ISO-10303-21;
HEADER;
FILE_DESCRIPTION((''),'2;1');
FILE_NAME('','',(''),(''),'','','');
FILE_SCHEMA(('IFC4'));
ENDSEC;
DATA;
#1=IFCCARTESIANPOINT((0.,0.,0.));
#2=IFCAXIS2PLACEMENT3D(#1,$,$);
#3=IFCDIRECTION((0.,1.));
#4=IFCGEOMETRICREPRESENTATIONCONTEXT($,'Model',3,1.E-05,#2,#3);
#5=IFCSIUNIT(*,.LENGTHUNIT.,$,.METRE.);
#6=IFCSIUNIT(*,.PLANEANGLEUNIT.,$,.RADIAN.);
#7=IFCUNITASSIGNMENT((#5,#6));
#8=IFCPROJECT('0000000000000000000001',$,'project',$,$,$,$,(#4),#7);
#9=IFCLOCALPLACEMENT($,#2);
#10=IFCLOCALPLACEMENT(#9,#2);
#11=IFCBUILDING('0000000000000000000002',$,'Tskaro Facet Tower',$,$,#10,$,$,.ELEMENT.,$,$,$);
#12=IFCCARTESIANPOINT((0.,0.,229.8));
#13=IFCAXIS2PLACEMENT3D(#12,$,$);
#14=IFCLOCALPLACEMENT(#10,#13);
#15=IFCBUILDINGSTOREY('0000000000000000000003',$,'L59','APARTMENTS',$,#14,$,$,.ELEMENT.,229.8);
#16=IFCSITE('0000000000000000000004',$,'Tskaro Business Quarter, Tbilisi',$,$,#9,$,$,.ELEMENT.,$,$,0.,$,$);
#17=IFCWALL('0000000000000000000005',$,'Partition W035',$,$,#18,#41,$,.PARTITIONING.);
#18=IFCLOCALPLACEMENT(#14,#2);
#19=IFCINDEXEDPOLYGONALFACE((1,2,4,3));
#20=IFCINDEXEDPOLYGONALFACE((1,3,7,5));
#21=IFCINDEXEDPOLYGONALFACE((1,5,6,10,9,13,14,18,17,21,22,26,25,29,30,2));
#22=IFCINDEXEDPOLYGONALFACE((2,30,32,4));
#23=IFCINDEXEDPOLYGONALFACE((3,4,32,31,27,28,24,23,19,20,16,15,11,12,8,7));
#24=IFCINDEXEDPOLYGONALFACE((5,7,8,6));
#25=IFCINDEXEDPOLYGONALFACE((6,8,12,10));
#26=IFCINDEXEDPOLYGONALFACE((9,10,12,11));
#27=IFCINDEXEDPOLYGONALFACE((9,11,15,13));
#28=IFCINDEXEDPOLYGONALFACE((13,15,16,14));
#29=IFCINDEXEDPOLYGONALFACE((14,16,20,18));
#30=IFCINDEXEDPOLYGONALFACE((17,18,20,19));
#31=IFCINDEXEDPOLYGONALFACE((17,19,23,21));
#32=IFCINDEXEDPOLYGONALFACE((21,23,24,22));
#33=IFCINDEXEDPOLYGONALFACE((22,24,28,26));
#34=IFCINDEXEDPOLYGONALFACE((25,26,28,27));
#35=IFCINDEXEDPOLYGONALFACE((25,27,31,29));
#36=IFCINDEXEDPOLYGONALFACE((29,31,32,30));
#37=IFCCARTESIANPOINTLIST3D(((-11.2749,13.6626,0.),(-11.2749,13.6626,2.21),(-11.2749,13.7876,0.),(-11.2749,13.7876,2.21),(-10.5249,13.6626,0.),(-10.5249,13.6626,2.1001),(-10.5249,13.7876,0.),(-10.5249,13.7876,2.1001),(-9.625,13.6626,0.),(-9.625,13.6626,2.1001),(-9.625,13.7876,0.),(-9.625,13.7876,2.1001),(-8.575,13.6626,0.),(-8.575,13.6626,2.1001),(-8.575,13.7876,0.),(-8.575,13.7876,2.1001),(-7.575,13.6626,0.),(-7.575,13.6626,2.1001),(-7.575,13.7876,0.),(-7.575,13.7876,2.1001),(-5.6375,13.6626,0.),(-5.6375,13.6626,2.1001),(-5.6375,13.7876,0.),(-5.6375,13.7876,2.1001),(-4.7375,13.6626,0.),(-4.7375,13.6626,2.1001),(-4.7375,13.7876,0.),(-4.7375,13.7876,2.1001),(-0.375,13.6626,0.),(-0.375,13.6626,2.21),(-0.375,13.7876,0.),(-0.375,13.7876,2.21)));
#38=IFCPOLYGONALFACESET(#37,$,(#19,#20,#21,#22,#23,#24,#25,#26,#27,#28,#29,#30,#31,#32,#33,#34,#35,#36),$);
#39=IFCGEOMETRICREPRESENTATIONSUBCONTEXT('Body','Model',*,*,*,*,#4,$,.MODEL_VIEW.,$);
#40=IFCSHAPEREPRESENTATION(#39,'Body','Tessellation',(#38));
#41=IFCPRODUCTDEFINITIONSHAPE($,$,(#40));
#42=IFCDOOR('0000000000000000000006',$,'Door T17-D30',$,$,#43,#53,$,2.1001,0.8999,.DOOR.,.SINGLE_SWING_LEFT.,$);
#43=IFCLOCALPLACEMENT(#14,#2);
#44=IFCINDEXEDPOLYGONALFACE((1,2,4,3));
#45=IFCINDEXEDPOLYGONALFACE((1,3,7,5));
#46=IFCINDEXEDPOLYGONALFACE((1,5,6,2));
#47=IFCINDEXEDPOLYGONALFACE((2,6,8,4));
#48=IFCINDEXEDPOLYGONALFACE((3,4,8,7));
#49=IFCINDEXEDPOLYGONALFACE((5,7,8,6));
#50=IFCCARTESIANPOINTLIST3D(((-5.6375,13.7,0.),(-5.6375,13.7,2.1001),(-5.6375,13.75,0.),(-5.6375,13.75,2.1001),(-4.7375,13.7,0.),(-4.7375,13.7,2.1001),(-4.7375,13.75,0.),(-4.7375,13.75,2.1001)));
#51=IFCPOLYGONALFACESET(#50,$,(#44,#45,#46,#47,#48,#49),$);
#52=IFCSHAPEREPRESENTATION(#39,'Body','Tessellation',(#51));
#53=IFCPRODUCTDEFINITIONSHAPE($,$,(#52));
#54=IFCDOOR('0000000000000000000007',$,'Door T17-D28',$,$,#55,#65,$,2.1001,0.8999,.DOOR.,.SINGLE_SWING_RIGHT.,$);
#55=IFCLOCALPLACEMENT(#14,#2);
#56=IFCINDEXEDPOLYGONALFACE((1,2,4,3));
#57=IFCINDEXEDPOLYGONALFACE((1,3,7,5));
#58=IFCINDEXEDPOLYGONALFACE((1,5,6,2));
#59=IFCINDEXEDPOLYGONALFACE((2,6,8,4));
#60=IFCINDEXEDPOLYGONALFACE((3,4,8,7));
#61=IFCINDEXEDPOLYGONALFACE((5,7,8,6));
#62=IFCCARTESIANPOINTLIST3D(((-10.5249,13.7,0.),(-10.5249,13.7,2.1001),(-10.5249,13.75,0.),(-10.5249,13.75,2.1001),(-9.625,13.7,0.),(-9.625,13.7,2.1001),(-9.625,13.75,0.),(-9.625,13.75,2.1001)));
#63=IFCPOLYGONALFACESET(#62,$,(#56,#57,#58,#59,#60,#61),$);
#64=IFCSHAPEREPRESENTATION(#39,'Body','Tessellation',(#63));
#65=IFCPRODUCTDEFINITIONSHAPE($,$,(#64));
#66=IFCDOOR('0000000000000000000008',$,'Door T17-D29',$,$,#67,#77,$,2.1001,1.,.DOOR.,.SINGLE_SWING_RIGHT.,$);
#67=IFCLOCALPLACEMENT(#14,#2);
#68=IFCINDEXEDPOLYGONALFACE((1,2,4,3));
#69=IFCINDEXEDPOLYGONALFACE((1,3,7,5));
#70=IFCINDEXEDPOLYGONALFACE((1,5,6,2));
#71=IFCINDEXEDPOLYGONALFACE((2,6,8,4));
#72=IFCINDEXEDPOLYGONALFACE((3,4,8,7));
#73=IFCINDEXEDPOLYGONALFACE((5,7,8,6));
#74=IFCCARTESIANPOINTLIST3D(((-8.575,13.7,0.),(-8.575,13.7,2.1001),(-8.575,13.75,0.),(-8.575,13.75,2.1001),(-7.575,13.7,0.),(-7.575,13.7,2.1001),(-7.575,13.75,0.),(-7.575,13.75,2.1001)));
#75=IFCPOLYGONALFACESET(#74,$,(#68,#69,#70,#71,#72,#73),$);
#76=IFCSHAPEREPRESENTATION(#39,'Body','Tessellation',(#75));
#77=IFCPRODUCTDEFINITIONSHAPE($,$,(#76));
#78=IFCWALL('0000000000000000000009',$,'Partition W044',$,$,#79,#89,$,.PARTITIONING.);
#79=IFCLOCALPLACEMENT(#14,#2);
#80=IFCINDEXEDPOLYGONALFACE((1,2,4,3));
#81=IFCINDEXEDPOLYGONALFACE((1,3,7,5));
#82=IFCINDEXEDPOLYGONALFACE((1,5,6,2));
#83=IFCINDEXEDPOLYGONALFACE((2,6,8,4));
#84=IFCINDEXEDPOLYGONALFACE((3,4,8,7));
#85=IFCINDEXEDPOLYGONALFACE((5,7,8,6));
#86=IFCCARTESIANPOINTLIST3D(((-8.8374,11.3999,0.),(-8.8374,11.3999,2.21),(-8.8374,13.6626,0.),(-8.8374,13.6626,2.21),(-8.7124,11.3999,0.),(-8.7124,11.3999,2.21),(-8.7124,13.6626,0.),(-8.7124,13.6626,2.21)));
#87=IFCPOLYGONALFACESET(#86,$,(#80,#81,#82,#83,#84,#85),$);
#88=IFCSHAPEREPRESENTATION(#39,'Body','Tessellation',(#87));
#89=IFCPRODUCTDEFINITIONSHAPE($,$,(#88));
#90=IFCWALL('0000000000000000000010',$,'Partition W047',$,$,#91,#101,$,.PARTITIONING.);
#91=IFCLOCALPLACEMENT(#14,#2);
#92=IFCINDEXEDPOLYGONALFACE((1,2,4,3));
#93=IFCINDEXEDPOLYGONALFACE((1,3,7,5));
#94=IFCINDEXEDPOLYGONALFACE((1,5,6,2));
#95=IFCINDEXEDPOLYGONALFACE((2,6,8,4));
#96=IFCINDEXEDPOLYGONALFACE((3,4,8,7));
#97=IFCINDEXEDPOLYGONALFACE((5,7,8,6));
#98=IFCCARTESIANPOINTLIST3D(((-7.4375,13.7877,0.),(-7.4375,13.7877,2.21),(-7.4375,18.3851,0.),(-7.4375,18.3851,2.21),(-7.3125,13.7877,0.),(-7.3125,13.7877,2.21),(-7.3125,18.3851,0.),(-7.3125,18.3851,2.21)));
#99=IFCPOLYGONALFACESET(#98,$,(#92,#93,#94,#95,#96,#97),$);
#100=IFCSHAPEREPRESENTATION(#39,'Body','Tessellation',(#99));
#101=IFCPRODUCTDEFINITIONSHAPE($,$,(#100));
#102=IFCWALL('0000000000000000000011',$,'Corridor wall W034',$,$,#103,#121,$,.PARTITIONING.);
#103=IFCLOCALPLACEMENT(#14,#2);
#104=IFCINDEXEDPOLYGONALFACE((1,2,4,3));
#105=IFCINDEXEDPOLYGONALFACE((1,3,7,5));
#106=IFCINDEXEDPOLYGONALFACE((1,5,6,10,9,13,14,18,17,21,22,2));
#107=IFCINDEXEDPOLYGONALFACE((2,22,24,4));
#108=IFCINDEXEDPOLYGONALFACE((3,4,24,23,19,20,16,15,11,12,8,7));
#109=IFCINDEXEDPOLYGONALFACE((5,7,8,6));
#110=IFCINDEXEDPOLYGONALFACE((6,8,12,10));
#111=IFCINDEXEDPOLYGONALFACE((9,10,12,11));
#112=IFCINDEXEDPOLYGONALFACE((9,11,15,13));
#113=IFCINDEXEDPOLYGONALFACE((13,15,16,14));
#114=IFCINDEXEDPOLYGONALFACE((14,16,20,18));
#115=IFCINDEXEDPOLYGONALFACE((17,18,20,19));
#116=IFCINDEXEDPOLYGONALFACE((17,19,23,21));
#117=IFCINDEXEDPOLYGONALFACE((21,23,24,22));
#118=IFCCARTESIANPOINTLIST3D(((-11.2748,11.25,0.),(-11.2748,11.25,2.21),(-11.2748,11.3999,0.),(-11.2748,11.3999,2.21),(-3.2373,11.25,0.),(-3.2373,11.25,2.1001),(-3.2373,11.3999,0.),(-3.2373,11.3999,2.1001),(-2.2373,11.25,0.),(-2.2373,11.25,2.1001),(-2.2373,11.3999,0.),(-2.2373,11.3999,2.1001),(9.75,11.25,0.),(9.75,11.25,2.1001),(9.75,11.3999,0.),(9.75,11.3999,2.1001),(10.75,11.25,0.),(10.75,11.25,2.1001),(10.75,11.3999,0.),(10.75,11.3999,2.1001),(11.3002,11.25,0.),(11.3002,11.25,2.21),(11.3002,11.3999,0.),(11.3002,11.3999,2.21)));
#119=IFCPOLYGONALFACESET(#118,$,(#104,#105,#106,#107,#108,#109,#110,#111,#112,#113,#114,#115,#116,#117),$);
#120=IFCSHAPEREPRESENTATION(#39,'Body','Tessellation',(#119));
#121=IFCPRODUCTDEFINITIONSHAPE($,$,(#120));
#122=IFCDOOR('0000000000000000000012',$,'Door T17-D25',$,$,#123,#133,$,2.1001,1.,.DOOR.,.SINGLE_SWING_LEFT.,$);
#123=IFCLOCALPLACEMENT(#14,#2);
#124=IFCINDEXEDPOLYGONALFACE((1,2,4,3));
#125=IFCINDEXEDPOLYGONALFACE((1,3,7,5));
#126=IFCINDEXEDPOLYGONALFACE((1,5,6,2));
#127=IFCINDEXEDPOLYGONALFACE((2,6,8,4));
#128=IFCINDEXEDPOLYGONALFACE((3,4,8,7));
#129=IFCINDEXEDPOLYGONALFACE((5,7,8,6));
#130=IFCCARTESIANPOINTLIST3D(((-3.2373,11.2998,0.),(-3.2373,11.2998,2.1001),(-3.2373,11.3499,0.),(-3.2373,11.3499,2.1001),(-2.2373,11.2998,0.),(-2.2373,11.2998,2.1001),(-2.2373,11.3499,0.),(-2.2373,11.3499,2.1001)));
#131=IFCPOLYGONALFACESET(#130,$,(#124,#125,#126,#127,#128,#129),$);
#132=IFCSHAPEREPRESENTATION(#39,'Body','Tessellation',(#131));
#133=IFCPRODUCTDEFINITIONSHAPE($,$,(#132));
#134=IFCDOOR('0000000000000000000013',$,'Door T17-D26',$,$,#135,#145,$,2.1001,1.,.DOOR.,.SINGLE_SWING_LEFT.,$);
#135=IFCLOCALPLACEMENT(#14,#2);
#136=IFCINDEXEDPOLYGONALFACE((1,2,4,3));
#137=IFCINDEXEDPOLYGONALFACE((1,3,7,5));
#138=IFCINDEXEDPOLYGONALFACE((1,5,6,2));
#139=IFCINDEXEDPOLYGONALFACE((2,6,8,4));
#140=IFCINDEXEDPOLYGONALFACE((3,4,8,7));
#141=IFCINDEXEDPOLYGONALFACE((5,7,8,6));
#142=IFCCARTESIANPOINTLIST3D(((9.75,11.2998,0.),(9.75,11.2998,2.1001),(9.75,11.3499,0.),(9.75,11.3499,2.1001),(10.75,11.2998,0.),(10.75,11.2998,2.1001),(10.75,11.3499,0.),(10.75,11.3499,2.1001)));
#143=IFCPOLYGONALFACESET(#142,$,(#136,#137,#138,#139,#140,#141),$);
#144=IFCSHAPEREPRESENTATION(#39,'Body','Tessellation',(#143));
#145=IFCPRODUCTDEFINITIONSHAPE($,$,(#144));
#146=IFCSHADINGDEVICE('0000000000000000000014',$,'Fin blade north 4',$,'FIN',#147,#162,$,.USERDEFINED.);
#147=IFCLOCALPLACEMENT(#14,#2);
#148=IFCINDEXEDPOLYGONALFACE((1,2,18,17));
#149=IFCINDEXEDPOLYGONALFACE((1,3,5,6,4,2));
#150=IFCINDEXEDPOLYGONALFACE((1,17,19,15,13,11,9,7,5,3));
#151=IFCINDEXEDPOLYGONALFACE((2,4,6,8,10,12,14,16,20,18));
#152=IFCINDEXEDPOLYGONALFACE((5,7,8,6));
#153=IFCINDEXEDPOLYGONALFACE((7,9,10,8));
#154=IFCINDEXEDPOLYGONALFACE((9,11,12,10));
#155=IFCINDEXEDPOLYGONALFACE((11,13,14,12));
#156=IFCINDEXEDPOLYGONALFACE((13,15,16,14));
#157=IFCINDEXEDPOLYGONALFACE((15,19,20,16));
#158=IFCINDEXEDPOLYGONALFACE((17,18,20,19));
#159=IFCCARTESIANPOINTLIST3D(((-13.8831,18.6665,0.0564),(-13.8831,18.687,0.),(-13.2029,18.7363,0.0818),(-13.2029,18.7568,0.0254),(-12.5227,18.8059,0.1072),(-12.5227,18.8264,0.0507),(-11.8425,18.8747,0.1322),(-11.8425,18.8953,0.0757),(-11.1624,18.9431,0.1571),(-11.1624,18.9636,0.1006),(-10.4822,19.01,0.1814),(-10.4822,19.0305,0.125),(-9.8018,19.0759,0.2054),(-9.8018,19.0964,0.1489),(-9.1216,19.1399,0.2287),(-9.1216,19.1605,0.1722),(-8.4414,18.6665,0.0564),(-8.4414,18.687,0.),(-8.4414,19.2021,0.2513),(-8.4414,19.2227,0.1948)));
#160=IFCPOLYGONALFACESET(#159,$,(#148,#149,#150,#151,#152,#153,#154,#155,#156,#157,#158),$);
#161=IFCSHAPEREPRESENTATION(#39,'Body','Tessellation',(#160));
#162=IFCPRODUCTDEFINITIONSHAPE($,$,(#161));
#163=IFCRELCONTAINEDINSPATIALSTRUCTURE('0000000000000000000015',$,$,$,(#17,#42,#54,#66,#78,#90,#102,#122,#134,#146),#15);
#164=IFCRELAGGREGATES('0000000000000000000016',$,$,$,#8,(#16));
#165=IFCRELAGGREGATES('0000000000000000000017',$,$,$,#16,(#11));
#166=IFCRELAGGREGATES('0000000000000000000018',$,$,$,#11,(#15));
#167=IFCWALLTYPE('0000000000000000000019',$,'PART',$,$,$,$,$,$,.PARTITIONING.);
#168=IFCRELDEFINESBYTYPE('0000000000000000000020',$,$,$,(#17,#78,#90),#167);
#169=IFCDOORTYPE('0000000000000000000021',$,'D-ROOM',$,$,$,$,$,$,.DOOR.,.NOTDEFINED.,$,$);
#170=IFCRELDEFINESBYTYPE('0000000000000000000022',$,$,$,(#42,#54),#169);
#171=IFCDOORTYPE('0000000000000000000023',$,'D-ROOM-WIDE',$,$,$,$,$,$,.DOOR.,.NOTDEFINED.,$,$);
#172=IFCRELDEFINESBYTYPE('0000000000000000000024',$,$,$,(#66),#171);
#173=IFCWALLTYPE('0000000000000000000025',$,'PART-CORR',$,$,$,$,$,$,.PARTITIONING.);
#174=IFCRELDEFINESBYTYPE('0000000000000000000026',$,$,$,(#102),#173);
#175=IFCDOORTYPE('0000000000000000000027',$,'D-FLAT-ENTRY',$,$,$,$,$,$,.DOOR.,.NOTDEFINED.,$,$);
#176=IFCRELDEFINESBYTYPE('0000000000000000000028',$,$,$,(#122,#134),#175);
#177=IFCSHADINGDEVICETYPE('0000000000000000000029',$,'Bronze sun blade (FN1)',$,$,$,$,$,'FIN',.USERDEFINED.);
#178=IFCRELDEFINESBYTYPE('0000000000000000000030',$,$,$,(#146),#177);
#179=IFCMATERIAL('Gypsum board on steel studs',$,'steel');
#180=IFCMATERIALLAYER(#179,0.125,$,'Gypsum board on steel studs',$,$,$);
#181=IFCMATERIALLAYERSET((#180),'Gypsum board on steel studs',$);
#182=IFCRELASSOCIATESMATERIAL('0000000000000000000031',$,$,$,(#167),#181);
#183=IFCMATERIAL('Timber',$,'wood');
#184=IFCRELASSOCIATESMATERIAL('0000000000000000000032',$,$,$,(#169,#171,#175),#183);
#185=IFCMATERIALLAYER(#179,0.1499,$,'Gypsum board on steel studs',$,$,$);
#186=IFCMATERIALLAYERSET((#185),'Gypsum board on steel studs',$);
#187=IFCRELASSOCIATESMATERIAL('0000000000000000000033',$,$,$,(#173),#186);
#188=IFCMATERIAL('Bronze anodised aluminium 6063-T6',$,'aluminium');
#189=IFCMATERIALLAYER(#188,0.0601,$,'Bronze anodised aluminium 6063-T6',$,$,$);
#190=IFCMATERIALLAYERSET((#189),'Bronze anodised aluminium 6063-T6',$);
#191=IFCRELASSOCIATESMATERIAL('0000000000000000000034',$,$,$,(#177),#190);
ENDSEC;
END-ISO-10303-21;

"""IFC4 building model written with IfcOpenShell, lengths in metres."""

from ifc_helpers import new_model, si_unit, direction, frame, frame_2d, origin, place, context, subcontext, project, spatial, polyline, rectangle, outline, extrude, material, layer, layer_set, type_object, element, fill, save


model = new_model("IFC4")

# Units and contexts
model_context = context("Model", 3, precision=1e-05, world=origin(), true_north=direction((0.0, 1.0)))
body_context = subcontext(model_context, "Body", "Model", "MODEL_VIEW")
ifc_project = project(units=[si_unit("LENGTHUNIT", "METRE"), si_unit("PLANEANGLEUNIT", "RADIAN")], contexts=[model_context])

# Site, building, storey
site_placement = place(None, origin())
site = spatial("IfcSite", under=ifc_project, at=site_placement, Name="Tskaro Business Quarter, Tbilisi", CompositionType="ELEMENT", RefElevation=0.0)
building_placement = place(site_placement, origin())
building = spatial("IfcBuilding", under=site, at=building_placement, Name="Tskaro Facet Tower", CompositionType="ELEMENT")
storey_placement = place(building_placement, frame((0.0, 0.0, 229.8)))
storey = spatial("IfcBuildingStorey", under=building, at=storey_placement, Name="L59", Description="APARTMENTS", CompositionType="ELEMENT", Elevation=229.8)

# Shared definitions
ifc_material_1 = material(Name="Bronze anodised aluminium 6063-T6", Category="aluminium")

# Wall, openings, doors
ifc_material_2 = material(Name="Gypsum board on steel studs", Category="steel")
ifc_layer_1 = layer(ifc_material_2, 0.125, Name="Gypsum board on steel studs")
ifc_layer_set_1 = layer_set([ifc_layer_1], Name="Gypsum board on steel studs")
wall_type_1 = type_object("IfcWallType", Name="PART", PredefinedType="PARTITIONING", material=ifc_layer_set_1)
wall_1_placement = place(storey_placement, frame((-11.2749, 13.7251, 0.0), z_axis=(0.0, 0.0, 1.0), x_axis=(1.0, 0.0, 0.0)))
wall_1 = element("IfcWall", 1, at=wall_1_placement, inside=storey, type_object=wall_type_1, Name="Partition W035", PredefinedType="PARTITIONING", context=body_context, shape_type="SweptSolid", body=[
    extrude(rectangle(XDim=10.8999, YDim=0.125, at=frame_2d((5.45, 0.0))), origin(), (0.0, 0.0, 1.0), 2.21),
])
opening_1_placement = place(wall_1_placement, frame((5.6375, 0.0, 0.0)))
opening_1 = element("IfcOpeningElement", 2, at=opening_1_placement, cuts=wall_1, PredefinedType="OPENING", context=body_context, shape_type="SweptSolid", body=[
    extrude(rectangle(XDim=0.8999, YDim=2.1001, at=frame_2d((0.45, 1.05))), frame((0.0, 0.0725, 0.0), z_axis=(0.0, -1.0, 0.0), x_axis=(1.0, 0.0, 0.0)), (0.0, 0.0, 1.0), 0.145),
])
opening_2_placement = place(wall_1_placement, frame((2.7, 0.0, 0.0)))
opening_2 = element("IfcOpeningElement", 3, at=opening_2_placement, cuts=wall_1, PredefinedType="OPENING", context=body_context, shape_type="SweptSolid", body=[
    extrude(rectangle(XDim=1.0, YDim=2.1001, at=frame_2d((0.5, 1.05))), frame((0.0, 0.0725, 0.0), z_axis=(0.0, -1.0, 0.0), x_axis=(1.0, 0.0, 0.0)), (0.0, 0.0, 1.0), 0.145),
])
opening_3_placement = place(wall_1_placement, frame((0.75, 0.0, 0.0)))
opening_3 = element("IfcOpeningElement", 4, at=opening_3_placement, cuts=wall_1, PredefinedType="OPENING", context=body_context, shape_type="SweptSolid", body=[
    extrude(rectangle(XDim=0.8999, YDim=2.1001, at=frame_2d((0.45, 1.05))), frame((0.0, 0.0725, 0.0), z_axis=(0.0, -1.0, 0.0), x_axis=(1.0, 0.0, 0.0)), (0.0, 0.0, 1.0), 0.145),
])
ifc_material_3 = material(Name="Timber", Category="wood")
door_type_1 = type_object("IfcDoorType", Name="D-ROOM", OperationType="NOTDEFINED", PredefinedType="DOOR", material=ifc_material_3)
door_1_placement = place(opening_1_placement, origin())
door_1 = element("IfcDoor", 5, at=door_1_placement, inside=storey, type_object=door_type_1, Name="Door T17-D30", OperationType="SINGLE_SWING_LEFT", OverallHeight=2.1001, OverallWidth=0.8999, PredefinedType="DOOR", context=body_context, shape_type="SweptSolid", body=[
    extrude(rectangle(XDim=0.8999, YDim=2.1001, at=frame_2d((0.45, 1.05))), frame((0.0, 0.0249, 0.0), z_axis=(0.0, -1.0, 0.0), x_axis=(1.0, 0.0, 0.0)), (0.0, 0.0, 1.0), 0.05),
])
fill(opening_1, door_1)
door_2_placement = place(opening_3_placement, origin())
door_2 = element("IfcDoor", 6, at=door_2_placement, inside=storey, type_object=door_type_1, Name="Door T17-D28", OperationType="SINGLE_SWING_RIGHT", OverallHeight=2.1001, OverallWidth=0.8999, PredefinedType="DOOR", context=body_context, shape_type="SweptSolid", body=[
    extrude(rectangle(XDim=0.8999, YDim=2.1001, at=frame_2d((0.45, 1.05))), frame((0.0, 0.0249, 0.0), z_axis=(0.0, -1.0, 0.0), x_axis=(1.0, 0.0, 0.0)), (0.0, 0.0, 1.0), 0.05),
])
fill(opening_3, door_2)
door_type_2 = type_object("IfcDoorType", Name="D-ROOM-WIDE", OperationType="NOTDEFINED", PredefinedType="DOOR", material=ifc_material_3)
door_3_placement = place(opening_2_placement, origin())
door_3 = element("IfcDoor", 7, at=door_3_placement, inside=storey, type_object=door_type_2, Name="Door T17-D29", OperationType="SINGLE_SWING_RIGHT", OverallHeight=2.1001, OverallWidth=1.0, PredefinedType="DOOR", context=body_context, shape_type="SweptSolid", body=[
    extrude(rectangle(XDim=1.0, YDim=2.1001, at=frame_2d((0.5, 1.05))), frame((0.0, 0.0249, 0.0), z_axis=(0.0, -1.0, 0.0), x_axis=(1.0, 0.0, 0.0)), (0.0, 0.0, 1.0), 0.05),
])
fill(opening_2, door_3)

# Walls
wall_2_placement = place(storey_placement, frame((-8.7749, 11.3999, 0.0), z_axis=(0.0, 0.0, 1.0), x_axis=(0.0, 1.0, 0.0)))
element("IfcWall", 8, at=wall_2_placement, inside=storey, type_object=wall_type_1, Name="Partition W044", PredefinedType="PARTITIONING", context=body_context, shape_type="SweptSolid", body=[
    extrude(rectangle(XDim=2.2627, YDim=0.125, at=frame_2d((1.1313, 0.0))), origin(), (0.0, 0.0, 1.0), 2.21),
])
wall_3_placement = place(storey_placement, frame((-7.375, 13.7876, 0.0), z_axis=(0.0, 0.0, 1.0), x_axis=(0.0, 1.0, 0.0)))
element("IfcWall", 9, at=wall_3_placement, inside=storey, type_object=wall_type_1, Name="Partition W047", PredefinedType="PARTITIONING", context=body_context, shape_type="SweptSolid", body=[
    extrude(rectangle(XDim=4.5974, YDim=0.125, at=frame_2d((2.2988, 0.0))), origin(), (0.0, 0.0, 1.0), 2.21),
])

# Wall, openings, doors
ifc_layer_2 = layer(ifc_material_2, 0.1499, Name="Gypsum board on steel studs")
ifc_layer_set_2 = layer_set([ifc_layer_2], Name="Gypsum board on steel studs")
wall_type_2 = type_object("IfcWallType", Name="PART-CORR", PredefinedType="PARTITIONING", material=ifc_layer_set_2)
wall_4_placement = place(storey_placement, frame((-11.2749, 11.325, 0.0), z_axis=(0.0, 0.0, 1.0), x_axis=(1.0, 0.0, 0.0)))
wall_4 = element("IfcWall", 10, at=wall_4_placement, inside=storey, type_object=wall_type_2, Name="Corridor wall W034", PredefinedType="PARTITIONING", context=body_context, shape_type="SweptSolid", body=[
    extrude(rectangle(XDim=22.575, YDim=0.1499, at=frame_2d((11.2876, 0.0))), origin(), (0.0, 0.0, 1.0), 2.21),
])
opening_4_placement = place(wall_4_placement, frame((8.0376, 0.0, 0.0)))
opening_4 = element("IfcOpeningElement", 11, at=opening_4_placement, cuts=wall_4, PredefinedType="OPENING", context=body_context, shape_type="SweptSolid", body=[
    extrude(rectangle(XDim=1.0, YDim=2.1001, at=frame_2d((0.5, 1.05))), frame((0.0, 0.085, 0.0), z_axis=(0.0, -1.0, 0.0), x_axis=(1.0, 0.0, 0.0)), (0.0, 0.0, 1.0), 0.1699),
])
opening_5_placement = place(wall_4_placement, frame((21.0249, 0.0, 0.0)))
opening_5 = element("IfcOpeningElement", 12, at=opening_5_placement, cuts=wall_4, PredefinedType="OPENING", context=body_context, shape_type="SweptSolid", body=[
    extrude(rectangle(XDim=1.0, YDim=2.1001, at=frame_2d((0.5, 1.05))), frame((0.0, 0.085, 0.0), z_axis=(0.0, -1.0, 0.0), x_axis=(1.0, 0.0, 0.0)), (0.0, 0.0, 1.0), 0.1699),
])
door_type_3 = type_object("IfcDoorType", Name="D-FLAT-ENTRY", OperationType="NOTDEFINED", PredefinedType="DOOR", material=ifc_material_3)
door_4_placement = place(opening_4_placement, origin())
door_4 = element("IfcDoor", 13, at=door_4_placement, inside=storey, type_object=door_type_3, Name="Door T17-D25", OperationType="SINGLE_SWING_LEFT", OverallHeight=2.1001, OverallWidth=1.0, PredefinedType="DOOR", context=body_context, shape_type="SweptSolid", body=[
    extrude(rectangle(XDim=1.0, YDim=2.1001, at=frame_2d((0.5, 1.05))), frame((0.0, 0.0249, 0.0), z_axis=(0.0, -1.0, 0.0), x_axis=(1.0, 0.0, 0.0)), (0.0, 0.0, 1.0), 0.05),
])
fill(opening_4, door_4)
door_5_placement = place(opening_5_placement, origin())
door_5 = element("IfcDoor", 14, at=door_5_placement, inside=storey, type_object=door_type_3, Name="Door T17-D26", OperationType="SINGLE_SWING_LEFT", OverallHeight=2.1001, OverallWidth=1.0, PredefinedType="DOOR", context=body_context, shape_type="SweptSolid", body=[
    extrude(rectangle(XDim=1.0, YDim=2.1001, at=frame_2d((0.5, 1.05))), frame((0.0, 0.0249, 0.0), z_axis=(0.0, -1.0, 0.0), x_axis=(1.0, 0.0, 0.0)), (0.0, 0.0, 1.0), 0.05),
])
fill(opening_5, door_5)

# Shading device
ifc_layer_3 = layer(ifc_material_1, 0.0601, Name="Bronze anodised aluminium 6063-T6")
ifc_layer_set_3 = layer_set([ifc_layer_3], Name="Bronze anodised aluminium 6063-T6")
shading_device_type = type_object("IfcShadingDeviceType", Name="Bronze sun blade (FN1)", ElementType="FIN", PredefinedType="USERDEFINED", material=ifc_layer_set_3)
shading_device_placement = place(storey_placement, frame((-8.4414, 18.6665, 0.0564), z_axis=(0.00001, -0.341903, 0.939735), x_axis=(-1.0, -0.000003, 0.000009)))
element("IfcShadingDevice", 15, at=shading_device_placement, inside=storey, type_object=shading_device_type, Name="Fin blade north 4", ObjectType="FIN", PredefinedType="USERDEFINED", context=body_context, shape_type="SweptSolid", body=[
    extrude(outline(polyline([(0.0, 0.0), (5.4417, 0.0), (4.7615, -0.0743), (4.0813, -0.1484), (3.4011, -0.2216), (2.7209, -0.2943), (2.0408, -0.3655), (1.3604, -0.4357), (0.6802, -0.5038), (0.0, -0.57), (0.0, 0.0)])), origin(), (0.0, 0.0, -1.0), 0.0601),
])

save(model, "model.ifc")
